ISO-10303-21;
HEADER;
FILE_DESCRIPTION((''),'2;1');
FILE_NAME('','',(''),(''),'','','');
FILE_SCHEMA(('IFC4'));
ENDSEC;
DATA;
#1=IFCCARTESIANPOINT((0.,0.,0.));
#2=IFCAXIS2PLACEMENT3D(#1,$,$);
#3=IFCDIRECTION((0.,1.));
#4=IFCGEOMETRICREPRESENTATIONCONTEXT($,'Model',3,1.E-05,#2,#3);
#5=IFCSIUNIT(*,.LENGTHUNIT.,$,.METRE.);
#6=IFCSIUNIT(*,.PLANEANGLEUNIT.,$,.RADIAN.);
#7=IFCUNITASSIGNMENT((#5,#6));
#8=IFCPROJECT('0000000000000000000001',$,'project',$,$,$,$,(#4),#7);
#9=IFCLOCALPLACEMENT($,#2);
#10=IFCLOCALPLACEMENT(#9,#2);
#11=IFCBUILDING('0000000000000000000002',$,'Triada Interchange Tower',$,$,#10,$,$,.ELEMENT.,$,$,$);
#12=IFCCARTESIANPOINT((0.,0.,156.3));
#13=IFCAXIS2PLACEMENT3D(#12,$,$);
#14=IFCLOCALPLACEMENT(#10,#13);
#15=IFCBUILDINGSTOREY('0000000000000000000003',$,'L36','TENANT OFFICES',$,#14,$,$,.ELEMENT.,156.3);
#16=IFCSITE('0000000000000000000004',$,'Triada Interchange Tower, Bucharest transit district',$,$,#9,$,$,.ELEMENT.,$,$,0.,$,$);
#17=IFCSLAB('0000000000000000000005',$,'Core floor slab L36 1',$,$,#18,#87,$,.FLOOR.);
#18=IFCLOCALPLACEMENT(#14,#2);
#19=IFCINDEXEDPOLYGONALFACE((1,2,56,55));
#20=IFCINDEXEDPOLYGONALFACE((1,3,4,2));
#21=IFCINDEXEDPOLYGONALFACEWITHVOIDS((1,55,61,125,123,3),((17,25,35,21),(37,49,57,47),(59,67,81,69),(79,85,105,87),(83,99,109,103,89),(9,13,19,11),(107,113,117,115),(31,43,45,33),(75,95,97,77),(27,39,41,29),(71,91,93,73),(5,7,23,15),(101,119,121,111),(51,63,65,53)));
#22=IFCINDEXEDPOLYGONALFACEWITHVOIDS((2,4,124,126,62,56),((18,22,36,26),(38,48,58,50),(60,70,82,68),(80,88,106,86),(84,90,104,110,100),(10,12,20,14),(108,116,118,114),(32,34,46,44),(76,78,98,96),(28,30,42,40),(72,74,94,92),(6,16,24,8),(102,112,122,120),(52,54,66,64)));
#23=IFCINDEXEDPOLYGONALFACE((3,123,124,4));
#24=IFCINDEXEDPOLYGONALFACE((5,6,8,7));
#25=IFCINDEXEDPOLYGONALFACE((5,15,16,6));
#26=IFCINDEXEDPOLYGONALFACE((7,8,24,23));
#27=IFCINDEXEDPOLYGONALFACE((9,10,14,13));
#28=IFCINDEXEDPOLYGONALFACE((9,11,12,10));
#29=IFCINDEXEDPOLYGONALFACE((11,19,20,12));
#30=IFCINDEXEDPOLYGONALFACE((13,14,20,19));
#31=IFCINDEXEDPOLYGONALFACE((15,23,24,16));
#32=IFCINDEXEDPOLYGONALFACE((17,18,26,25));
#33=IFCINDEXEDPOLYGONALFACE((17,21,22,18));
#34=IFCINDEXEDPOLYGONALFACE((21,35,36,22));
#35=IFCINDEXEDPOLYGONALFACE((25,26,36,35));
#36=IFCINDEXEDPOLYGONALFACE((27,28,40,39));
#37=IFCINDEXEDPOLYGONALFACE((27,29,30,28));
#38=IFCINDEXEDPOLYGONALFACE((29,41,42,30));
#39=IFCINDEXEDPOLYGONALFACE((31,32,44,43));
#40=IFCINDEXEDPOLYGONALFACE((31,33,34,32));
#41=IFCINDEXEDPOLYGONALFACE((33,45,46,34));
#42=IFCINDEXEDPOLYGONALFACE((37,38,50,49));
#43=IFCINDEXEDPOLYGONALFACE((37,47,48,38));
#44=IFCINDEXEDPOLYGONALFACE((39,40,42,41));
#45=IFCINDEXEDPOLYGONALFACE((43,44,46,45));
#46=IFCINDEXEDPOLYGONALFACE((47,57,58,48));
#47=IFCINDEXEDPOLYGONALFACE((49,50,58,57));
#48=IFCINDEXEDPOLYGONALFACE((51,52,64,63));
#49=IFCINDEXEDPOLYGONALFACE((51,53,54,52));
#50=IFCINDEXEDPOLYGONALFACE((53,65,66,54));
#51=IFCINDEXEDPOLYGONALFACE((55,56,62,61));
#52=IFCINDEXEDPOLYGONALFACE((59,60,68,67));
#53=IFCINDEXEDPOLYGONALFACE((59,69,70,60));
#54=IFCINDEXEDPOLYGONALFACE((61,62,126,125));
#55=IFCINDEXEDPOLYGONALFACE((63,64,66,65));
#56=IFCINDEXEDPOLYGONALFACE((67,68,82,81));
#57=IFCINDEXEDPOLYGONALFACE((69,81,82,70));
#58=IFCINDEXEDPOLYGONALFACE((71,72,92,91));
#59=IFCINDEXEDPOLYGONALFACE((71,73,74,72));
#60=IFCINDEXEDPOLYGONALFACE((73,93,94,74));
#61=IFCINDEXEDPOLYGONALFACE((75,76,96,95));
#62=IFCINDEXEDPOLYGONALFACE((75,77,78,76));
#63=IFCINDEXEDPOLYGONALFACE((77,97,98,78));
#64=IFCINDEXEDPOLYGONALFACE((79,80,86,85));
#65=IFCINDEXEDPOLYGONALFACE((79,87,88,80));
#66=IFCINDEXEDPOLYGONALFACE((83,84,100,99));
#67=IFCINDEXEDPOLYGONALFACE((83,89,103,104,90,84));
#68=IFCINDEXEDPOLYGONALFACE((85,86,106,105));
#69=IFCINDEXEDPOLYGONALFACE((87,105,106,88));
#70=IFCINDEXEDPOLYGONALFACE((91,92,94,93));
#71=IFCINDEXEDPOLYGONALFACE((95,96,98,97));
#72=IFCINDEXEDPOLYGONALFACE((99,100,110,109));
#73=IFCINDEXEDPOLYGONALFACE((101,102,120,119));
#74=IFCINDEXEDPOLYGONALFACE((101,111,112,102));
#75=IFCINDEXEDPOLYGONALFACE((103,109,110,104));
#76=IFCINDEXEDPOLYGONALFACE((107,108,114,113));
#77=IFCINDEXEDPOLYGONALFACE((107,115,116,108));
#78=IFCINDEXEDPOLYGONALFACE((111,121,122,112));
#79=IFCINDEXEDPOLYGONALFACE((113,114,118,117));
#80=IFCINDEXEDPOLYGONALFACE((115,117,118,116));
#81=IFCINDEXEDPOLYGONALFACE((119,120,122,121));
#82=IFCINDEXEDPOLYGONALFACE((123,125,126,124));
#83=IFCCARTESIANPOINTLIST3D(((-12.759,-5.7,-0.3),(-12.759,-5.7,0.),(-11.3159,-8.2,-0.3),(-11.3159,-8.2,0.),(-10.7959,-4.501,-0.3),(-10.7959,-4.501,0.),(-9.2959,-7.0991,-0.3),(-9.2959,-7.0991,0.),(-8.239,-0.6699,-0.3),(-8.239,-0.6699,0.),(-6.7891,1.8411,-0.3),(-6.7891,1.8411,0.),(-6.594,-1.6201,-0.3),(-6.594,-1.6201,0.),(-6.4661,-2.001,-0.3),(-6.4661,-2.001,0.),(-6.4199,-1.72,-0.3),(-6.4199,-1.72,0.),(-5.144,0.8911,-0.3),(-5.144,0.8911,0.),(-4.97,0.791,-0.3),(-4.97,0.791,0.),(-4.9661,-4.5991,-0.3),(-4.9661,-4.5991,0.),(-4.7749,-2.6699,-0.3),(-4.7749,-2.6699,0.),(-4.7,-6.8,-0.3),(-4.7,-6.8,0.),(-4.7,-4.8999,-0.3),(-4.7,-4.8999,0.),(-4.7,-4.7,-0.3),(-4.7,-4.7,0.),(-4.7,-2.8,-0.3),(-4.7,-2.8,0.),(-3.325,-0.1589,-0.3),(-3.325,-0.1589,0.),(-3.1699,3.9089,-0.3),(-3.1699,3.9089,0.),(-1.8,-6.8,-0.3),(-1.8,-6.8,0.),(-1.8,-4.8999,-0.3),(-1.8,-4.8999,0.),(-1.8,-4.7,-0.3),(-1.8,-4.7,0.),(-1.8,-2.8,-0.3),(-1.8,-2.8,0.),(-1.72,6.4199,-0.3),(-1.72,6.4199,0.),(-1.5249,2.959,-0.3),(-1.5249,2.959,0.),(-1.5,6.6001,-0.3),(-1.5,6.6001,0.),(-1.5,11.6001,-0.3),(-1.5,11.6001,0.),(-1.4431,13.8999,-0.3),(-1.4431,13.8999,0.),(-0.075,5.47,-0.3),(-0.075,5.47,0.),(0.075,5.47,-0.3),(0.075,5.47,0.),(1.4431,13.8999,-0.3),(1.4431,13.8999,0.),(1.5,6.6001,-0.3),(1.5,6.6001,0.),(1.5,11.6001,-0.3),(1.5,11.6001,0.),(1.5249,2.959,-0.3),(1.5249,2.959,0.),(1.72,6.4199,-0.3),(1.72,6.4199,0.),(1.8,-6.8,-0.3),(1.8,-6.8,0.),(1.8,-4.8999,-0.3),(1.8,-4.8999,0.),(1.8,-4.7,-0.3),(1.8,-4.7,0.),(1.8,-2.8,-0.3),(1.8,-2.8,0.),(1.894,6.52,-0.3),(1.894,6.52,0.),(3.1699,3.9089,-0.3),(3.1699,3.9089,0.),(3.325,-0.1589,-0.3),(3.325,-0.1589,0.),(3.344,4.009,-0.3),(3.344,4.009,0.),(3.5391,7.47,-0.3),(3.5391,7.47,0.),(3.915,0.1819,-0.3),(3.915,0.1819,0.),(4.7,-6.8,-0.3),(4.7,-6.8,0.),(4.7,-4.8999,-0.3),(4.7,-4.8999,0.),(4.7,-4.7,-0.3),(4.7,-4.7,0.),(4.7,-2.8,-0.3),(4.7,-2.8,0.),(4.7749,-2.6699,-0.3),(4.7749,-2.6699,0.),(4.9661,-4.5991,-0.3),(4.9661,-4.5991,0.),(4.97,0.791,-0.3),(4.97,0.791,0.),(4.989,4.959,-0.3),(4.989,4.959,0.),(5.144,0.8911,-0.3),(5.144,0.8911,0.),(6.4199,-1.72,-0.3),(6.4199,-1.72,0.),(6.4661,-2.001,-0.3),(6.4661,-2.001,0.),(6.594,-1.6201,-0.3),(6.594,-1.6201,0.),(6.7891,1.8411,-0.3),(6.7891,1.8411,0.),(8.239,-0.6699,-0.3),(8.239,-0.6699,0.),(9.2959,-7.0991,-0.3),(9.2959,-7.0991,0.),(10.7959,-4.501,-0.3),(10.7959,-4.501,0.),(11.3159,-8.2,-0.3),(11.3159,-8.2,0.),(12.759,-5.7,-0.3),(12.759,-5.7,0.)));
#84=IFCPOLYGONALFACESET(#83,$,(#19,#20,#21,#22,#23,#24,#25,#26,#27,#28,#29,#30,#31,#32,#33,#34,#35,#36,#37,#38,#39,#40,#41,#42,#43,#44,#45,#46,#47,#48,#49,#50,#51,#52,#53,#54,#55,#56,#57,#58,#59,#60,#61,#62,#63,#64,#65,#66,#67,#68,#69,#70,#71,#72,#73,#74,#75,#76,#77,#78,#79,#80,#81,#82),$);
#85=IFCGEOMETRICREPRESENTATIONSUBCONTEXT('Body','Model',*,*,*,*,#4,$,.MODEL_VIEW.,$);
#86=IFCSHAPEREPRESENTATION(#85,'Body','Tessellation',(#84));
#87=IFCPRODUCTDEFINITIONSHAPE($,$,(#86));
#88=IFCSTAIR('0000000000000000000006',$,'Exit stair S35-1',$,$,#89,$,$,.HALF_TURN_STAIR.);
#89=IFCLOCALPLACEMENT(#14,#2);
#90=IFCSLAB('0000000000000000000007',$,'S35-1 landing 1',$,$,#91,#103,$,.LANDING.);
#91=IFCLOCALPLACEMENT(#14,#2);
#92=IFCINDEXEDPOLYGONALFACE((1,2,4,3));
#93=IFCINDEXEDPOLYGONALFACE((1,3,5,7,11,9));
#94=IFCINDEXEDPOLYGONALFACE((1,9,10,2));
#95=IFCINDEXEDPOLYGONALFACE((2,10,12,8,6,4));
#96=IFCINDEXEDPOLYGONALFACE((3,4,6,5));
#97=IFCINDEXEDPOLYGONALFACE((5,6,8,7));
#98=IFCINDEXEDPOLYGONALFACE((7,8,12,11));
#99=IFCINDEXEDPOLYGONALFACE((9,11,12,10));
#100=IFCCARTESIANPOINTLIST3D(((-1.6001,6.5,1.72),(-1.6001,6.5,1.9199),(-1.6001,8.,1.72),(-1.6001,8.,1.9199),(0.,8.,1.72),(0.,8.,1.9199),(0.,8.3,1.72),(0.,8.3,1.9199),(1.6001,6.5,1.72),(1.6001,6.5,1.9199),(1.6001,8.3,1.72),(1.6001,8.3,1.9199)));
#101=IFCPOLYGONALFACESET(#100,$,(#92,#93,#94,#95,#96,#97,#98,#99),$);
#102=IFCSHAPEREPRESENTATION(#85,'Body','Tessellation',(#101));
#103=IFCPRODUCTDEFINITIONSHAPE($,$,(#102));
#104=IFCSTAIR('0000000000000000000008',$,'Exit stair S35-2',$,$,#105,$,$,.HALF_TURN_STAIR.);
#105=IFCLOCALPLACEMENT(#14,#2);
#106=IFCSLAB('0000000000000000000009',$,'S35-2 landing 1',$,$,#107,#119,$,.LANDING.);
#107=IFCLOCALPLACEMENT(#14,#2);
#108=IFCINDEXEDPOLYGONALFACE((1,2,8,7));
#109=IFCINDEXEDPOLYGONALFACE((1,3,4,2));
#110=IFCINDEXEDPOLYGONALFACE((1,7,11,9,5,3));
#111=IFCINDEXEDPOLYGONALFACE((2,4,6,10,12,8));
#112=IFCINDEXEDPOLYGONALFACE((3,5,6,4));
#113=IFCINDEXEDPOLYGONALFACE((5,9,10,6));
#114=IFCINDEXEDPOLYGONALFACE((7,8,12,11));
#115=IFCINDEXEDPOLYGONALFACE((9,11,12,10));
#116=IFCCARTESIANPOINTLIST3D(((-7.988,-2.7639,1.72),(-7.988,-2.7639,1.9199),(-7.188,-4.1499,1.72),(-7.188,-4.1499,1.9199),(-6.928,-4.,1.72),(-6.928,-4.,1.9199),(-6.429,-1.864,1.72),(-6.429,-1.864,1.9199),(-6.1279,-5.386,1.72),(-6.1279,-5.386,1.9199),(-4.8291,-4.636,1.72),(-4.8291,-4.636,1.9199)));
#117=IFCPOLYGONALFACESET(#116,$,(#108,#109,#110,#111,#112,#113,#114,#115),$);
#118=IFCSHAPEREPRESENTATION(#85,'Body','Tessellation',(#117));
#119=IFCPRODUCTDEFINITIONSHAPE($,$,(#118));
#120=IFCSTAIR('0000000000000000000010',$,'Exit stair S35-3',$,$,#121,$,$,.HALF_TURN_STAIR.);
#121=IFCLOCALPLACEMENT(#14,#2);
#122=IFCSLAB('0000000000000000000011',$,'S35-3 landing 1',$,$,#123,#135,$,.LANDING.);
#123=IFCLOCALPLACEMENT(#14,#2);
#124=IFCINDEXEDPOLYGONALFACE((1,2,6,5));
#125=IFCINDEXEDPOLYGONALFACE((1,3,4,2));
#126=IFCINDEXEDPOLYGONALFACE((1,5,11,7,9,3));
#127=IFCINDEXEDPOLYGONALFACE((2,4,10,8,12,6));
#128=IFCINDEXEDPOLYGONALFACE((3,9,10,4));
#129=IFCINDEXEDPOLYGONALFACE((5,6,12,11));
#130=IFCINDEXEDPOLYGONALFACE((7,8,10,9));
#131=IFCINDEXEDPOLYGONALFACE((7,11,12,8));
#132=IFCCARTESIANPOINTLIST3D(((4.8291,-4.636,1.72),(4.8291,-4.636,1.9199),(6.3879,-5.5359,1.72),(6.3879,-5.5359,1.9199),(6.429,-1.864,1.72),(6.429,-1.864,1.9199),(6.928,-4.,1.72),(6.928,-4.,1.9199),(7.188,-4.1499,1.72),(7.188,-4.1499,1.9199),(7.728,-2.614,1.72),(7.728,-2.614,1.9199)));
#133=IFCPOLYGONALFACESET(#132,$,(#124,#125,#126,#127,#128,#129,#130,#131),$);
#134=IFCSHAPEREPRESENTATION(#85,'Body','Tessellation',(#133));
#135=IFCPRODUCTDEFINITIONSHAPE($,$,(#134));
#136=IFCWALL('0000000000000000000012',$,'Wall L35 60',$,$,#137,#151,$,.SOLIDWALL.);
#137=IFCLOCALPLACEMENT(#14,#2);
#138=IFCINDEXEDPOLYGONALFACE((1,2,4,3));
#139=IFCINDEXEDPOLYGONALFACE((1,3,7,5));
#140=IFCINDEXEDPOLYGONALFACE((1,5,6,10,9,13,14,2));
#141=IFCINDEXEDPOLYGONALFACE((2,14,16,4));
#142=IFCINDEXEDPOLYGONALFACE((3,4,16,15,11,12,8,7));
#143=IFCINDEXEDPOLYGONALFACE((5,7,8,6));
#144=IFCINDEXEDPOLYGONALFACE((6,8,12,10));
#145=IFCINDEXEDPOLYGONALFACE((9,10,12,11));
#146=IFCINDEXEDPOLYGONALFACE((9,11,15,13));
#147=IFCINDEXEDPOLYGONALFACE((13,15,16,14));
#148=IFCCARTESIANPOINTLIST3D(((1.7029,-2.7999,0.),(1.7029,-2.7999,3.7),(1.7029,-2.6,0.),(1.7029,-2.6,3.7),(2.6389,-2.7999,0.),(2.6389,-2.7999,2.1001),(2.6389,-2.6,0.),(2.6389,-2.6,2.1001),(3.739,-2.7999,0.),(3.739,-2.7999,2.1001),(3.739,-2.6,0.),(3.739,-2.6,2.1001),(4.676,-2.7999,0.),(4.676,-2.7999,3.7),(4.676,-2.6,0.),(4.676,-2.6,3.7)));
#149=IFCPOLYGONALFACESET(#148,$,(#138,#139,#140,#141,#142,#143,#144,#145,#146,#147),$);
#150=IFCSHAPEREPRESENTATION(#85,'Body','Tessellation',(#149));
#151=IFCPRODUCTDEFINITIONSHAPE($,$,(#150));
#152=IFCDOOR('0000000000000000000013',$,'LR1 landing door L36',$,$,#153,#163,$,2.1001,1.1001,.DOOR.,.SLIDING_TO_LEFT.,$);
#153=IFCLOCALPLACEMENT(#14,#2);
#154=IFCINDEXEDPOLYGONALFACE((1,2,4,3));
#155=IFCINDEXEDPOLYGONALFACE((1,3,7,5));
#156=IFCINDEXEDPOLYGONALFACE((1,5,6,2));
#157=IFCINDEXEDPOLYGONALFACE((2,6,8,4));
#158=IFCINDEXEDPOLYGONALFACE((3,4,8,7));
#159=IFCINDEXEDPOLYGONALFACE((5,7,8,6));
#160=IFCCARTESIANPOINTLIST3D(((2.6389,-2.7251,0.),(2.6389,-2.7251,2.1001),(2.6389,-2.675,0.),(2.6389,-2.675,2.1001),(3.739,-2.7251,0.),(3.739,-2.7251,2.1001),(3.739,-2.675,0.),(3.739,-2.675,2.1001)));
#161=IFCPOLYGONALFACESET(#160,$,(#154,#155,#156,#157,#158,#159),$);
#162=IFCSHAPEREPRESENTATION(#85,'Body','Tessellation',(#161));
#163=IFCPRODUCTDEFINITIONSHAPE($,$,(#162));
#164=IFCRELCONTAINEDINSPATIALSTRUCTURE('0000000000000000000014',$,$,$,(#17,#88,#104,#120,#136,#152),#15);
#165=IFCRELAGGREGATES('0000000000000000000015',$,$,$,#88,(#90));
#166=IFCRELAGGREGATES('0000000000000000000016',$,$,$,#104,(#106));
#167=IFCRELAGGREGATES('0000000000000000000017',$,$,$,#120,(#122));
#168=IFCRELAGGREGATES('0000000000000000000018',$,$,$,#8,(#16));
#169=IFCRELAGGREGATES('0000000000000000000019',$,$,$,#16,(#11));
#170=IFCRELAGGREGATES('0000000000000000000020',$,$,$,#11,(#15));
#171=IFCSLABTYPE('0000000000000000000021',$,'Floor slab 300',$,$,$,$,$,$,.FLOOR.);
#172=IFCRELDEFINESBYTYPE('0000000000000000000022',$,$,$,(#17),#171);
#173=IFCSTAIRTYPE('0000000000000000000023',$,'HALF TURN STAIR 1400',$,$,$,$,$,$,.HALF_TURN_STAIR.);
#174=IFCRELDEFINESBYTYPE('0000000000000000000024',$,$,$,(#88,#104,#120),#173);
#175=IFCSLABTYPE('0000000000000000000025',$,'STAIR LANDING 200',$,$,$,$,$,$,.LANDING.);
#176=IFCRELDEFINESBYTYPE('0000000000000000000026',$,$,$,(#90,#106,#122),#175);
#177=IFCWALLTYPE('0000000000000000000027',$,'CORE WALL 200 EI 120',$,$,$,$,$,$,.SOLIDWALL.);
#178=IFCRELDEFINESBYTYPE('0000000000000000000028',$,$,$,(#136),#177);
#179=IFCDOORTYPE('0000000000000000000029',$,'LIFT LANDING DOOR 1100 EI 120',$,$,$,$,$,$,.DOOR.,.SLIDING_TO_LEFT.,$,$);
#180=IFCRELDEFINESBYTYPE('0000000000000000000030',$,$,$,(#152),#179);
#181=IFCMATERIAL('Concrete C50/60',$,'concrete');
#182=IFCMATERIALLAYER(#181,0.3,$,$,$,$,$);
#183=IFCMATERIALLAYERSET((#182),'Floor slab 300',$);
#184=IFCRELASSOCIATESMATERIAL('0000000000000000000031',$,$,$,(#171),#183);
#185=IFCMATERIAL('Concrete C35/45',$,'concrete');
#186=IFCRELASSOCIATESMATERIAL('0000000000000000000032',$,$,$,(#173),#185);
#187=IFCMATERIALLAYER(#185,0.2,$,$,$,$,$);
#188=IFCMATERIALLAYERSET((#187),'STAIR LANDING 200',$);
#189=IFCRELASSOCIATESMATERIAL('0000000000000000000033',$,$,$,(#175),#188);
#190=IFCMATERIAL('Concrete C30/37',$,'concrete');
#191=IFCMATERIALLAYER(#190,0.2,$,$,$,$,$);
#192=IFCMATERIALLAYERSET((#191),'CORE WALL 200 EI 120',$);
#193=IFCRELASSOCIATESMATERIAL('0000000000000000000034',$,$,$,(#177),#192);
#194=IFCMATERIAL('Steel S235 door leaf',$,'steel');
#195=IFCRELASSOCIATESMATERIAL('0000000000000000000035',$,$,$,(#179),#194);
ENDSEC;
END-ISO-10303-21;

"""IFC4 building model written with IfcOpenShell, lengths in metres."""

from ifc_helpers import new_model, si_unit, direction, frame, frame_2d, origin, place, context, subcontext, project, spatial, polyline, rectangle, outline, extrude, material, layer, layer_set, type_object, element, fill, aggregate, save


model = new_model("IFC4")

# Units and contexts
model_context = context("Model", 3, precision=1e-05, world=origin(), true_north=direction((0.0, 1.0)))
body_context = subcontext(model_context, "Body", "Model", "MODEL_VIEW")
ifc_project = project(units=[si_unit("LENGTHUNIT", "METRE"), si_unit("PLANEANGLEUNIT", "RADIAN")], contexts=[model_context])

# Site, building, storey
site_placement = place(None, origin())
site = spatial("IfcSite", under=ifc_project, at=site_placement, Name="Triada Interchange Tower, Bucharest transit district", CompositionType="ELEMENT", RefElevation=0.0)
building_placement = place(site_placement, origin())
building = spatial("IfcBuilding", under=site, at=building_placement, Name="Triada Interchange Tower", CompositionType="ELEMENT")
storey_placement = place(building_placement, frame((0.0, 0.0, 156.3)))
storey = spatial("IfcBuildingStorey", under=building, at=storey_placement, Name="L36", Description="TENANT OFFICES", CompositionType="ELEMENT", Elevation=156.3)

# Slab
ifc_material_1 = material(Name="Concrete C50/60", Category="concrete")
ifc_layer_1 = layer(ifc_material_1, 0.3)
ifc_layer_set_1 = layer_set([ifc_layer_1], Name="Floor slab 300")
slab_type_1 = type_object("IfcSlabType", Name="Floor slab 300", PredefinedType="FLOOR", material=ifc_layer_set_1)
slab_1_placement = place(storey_placement, frame((0.0, 0.0, -0.3)))
element("IfcSlab", 1, at=slab_1_placement, inside=storey, type_object=slab_type_1, Name="Core floor slab L36 1", PredefinedType="FLOOR", context=body_context, shape_type="SweptSolid", body=[
    extrude(outline(polyline([(12.759, -5.7), (11.3159, -8.2), (-11.3159, -8.2), (-12.759, -5.7), (-1.4431, 13.8999), (1.4431, 13.8999), (12.759, -5.7)]), holes=[polyline([(9.2959, -7.0991), (10.7959, -4.501), (6.4661, -2.001), (4.9661, -4.5991), (9.2959, -7.0991)]), polyline([(6.7891, 1.8411), (5.144, 0.8911), (6.594, -1.6201), (8.239, -0.6699), (6.7891, 1.8411)]), polyline([(4.7749, -2.6699), (6.4199, -1.72), (4.97, 0.791), (3.915, 0.1819), (3.325, -0.1589), (4.7749, -2.6699)]), polyline([(1.894, 6.52), (3.344, 4.009), (4.989, 4.959), (3.5391, 7.47), (1.894, 6.52)]), polyline([(4.7, -6.8), (4.7, -4.8999), (1.8, -4.8999), (1.8, -6.8), (4.7, -6.8)]), polyline([(4.7, -2.8), (1.8, -2.8), (1.8, -4.7), (4.7, -4.7), (4.7, -2.8)]), polyline([(0.075, 5.47), (1.5249, 2.959), (3.1699, 3.9089), (1.72, 6.4199), (0.075, 5.47)]), polyline([(1.5, 11.6001), (-1.5, 11.6001), (-1.5, 6.6001), (1.5, 6.6001), (1.5, 11.6001)]), polyline([(-1.5249, 2.959), (-0.075, 5.47), (-1.72, 6.4199), (-3.1699, 3.9089), (-1.5249, 2.959)]), polyline([(-1.8, -2.8), (-4.7, -2.8), (-4.7, -4.7), (-1.8, -4.7), (-1.8, -2.8)]), polyline([(-4.7, -6.8), (-1.8, -6.8), (-1.8, -4.8999), (-4.7, -4.8999), (-4.7, -6.8)]), polyline([(-4.7749, -2.6699), (-3.325, -0.1589), (-4.97, 0.791), (-6.4199, -1.72), (-4.7749, -2.6699)]), polyline([(-10.7959, -4.501), (-9.2959, -7.0991), (-4.9661, -4.5991), (-6.4661, -2.001), (-10.7959, -4.501)]), polyline([(-6.594, -1.6201), (-5.144, 0.8911), (-6.7891, 1.8411), (-8.239, -0.6699), (-6.594, -1.6201)])]), origin(), (0.0, 0.0, 1.0), 0.3),
])

# Stairs, slabs
ifc_material_2 = material(Name="Concrete C35/45", Category="concrete")
stair_type = type_object("IfcStairType", Name="HALF TURN STAIR 1400", PredefinedType="HALF_TURN_STAIR", material=ifc_material_2)
stair_1_placement = place(storey_placement, origin())
stair_1 = element("IfcStair", 2, at=stair_1_placement, inside=storey, type_object=stair_type, Name="Exit stair S35-1", PredefinedType="HALF_TURN_STAIR")
ifc_layer_2 = layer(ifc_material_2, 0.2)
ifc_layer_set_2 = layer_set([ifc_layer_2], Name="STAIR LANDING 200")
slab_type_2 = type_object("IfcSlabType", Name="STAIR LANDING 200", PredefinedType="LANDING", material=ifc_layer_set_2)
slab_2_placement = place(storey_placement, frame((0.0, 0.0, 1.72)))
slab_2 = element("IfcSlab", 3, at=slab_2_placement, type_object=slab_type_2, Name="S35-1 landing 1", PredefinedType="LANDING", context=body_context, shape_type="SweptSolid", body=[
    extrude(outline(polyline([(1.6001, 6.5), (1.6001, 8.3), (0.0, 8.3), (0.0, 8.0), (-1.6001, 8.0), (-1.6001, 6.5), (1.6001, 6.5)])), origin(), (0.0, 0.0, 1.0), 0.2),
])
aggregate(stair_1, [slab_2])
stair_2_placement = place(storey_placement, origin())
stair_2 = element("IfcStair", 4, at=stair_2_placement, inside=storey, type_object=stair_type, Name="Exit stair S35-2", PredefinedType="HALF_TURN_STAIR")
slab_3_placement = place(storey_placement, frame((0.0, 0.0, 1.72)))
slab_3 = element("IfcSlab", 5, at=slab_3_placement, type_object=slab_type_2, Name="S35-2 landing 1", PredefinedType="LANDING", context=body_context, shape_type="SweptSolid", body=[
    extrude(outline(polyline([(-6.429, -1.864), (-7.988, -2.7639), (-7.188, -4.1499), (-6.928, -4.0), (-6.1279, -5.386), (-4.8291, -4.636), (-6.429, -1.864)])), origin(), (0.0, 0.0, 1.0), 0.2),
])
aggregate(stair_2, [slab_3])
stair_3_placement = place(storey_placement, origin())
stair_3 = element("IfcStair", 6, at=stair_3_placement, inside=storey, type_object=stair_type, Name="Exit stair S35-3", PredefinedType="HALF_TURN_STAIR")
slab_4_placement = place(storey_placement, frame((0.0, 0.0, 1.72)))
slab_4 = element("IfcSlab", 7, at=slab_4_placement, type_object=slab_type_2, Name="S35-3 landing 1", PredefinedType="LANDING", context=body_context, shape_type="SweptSolid", body=[
    extrude(outline(polyline([(4.8291, -4.636), (6.3879, -5.5359), (7.188, -4.1499), (6.928, -4.0), (7.728, -2.614), (6.429, -1.864), (4.8291, -4.636)])), origin(), (0.0, 0.0, 1.0), 0.2),
])

# Wall, opening, door
ifc_material_3 = material(Name="Concrete C30/37", Category="concrete")
ifc_layer_3 = layer(ifc_material_3, 0.2)
ifc_layer_set_3 = layer_set([ifc_layer_3], Name="CORE WALL 200 EI 120")
wall_type_1 = type_object("IfcWallType", Name="CORE WALL 200 EI 120", PredefinedType="SOLIDWALL", material=ifc_layer_set_3)
wall_1_placement = place(storey_placement, frame((1.7029, -2.7, 0.0), z_axis=(0.0, 0.0, 1.0), x_axis=(1.0, 0.0, 0.0)))
wall_1 = element("IfcWall", 8, at=wall_1_placement, inside=storey, type_object=wall_type_1, Name="Wall L35 60", PredefinedType="SOLIDWALL", context=body_context, shape_type="SweptSolid", body=[
    extrude(rectangle(XDim=2.9731, YDim=0.2, at=frame_2d((1.4866, 0.0))), origin(), (0.0, 0.0, 1.0), 3.7),
])
opening_1_placement = place(wall_1_placement, frame((0.936, 0.0, 0.0)))
opening_1 = element("IfcOpeningElement", 9, at=opening_1_placement, cuts=wall_1, PredefinedType="OPENING", context=body_context, shape_type="SweptSolid", body=[
    extrude(rectangle(XDim=1.1001, YDim=2.1001, at=frame_2d((0.55, 1.05))), frame((0.0, 0.1099, 0.0), z_axis=(0.0, -1.0, 0.0), x_axis=(1.0, 0.0, 0.0)), (0.0, 0.0, 1.0), 0.22),
])
ifc_material_4 = material(Name="Steel S235 door leaf", Category="steel")
door_type = type_object("IfcDoorType", Name="LIFT LANDING DOOR 1100 EI 120", OperationType="SLIDING_TO_LEFT", PredefinedType="DOOR", material=ifc_material_4)
door_1_placement = place(opening_1_placement, origin())
door_1 = element("IfcDoor", 10, at=door_1_placement, inside=storey, type_object=door_type, Name="LR1 landing door L36", OperationType="SLIDING_TO_LEFT", OverallHeight=2.1001, OverallWidth=1.1001, PredefinedType="DOOR", context=body_context, shape_type="SweptSolid", body=[
    extrude(rectangle(XDim=1.1001, YDim=2.1001, at=frame_2d((0.55, 1.05))), frame((0.0, 0.0249, 0.0), z_axis=(0.0, -1.0, 0.0), x_axis=(1.0, 0.0, 0.0)), (0.0, 0.0, 1.0), 0.05),
])
fill(opening_1, door_1)

aggregate(stair_3, [slab_4])

save(model, "model.ifc")
